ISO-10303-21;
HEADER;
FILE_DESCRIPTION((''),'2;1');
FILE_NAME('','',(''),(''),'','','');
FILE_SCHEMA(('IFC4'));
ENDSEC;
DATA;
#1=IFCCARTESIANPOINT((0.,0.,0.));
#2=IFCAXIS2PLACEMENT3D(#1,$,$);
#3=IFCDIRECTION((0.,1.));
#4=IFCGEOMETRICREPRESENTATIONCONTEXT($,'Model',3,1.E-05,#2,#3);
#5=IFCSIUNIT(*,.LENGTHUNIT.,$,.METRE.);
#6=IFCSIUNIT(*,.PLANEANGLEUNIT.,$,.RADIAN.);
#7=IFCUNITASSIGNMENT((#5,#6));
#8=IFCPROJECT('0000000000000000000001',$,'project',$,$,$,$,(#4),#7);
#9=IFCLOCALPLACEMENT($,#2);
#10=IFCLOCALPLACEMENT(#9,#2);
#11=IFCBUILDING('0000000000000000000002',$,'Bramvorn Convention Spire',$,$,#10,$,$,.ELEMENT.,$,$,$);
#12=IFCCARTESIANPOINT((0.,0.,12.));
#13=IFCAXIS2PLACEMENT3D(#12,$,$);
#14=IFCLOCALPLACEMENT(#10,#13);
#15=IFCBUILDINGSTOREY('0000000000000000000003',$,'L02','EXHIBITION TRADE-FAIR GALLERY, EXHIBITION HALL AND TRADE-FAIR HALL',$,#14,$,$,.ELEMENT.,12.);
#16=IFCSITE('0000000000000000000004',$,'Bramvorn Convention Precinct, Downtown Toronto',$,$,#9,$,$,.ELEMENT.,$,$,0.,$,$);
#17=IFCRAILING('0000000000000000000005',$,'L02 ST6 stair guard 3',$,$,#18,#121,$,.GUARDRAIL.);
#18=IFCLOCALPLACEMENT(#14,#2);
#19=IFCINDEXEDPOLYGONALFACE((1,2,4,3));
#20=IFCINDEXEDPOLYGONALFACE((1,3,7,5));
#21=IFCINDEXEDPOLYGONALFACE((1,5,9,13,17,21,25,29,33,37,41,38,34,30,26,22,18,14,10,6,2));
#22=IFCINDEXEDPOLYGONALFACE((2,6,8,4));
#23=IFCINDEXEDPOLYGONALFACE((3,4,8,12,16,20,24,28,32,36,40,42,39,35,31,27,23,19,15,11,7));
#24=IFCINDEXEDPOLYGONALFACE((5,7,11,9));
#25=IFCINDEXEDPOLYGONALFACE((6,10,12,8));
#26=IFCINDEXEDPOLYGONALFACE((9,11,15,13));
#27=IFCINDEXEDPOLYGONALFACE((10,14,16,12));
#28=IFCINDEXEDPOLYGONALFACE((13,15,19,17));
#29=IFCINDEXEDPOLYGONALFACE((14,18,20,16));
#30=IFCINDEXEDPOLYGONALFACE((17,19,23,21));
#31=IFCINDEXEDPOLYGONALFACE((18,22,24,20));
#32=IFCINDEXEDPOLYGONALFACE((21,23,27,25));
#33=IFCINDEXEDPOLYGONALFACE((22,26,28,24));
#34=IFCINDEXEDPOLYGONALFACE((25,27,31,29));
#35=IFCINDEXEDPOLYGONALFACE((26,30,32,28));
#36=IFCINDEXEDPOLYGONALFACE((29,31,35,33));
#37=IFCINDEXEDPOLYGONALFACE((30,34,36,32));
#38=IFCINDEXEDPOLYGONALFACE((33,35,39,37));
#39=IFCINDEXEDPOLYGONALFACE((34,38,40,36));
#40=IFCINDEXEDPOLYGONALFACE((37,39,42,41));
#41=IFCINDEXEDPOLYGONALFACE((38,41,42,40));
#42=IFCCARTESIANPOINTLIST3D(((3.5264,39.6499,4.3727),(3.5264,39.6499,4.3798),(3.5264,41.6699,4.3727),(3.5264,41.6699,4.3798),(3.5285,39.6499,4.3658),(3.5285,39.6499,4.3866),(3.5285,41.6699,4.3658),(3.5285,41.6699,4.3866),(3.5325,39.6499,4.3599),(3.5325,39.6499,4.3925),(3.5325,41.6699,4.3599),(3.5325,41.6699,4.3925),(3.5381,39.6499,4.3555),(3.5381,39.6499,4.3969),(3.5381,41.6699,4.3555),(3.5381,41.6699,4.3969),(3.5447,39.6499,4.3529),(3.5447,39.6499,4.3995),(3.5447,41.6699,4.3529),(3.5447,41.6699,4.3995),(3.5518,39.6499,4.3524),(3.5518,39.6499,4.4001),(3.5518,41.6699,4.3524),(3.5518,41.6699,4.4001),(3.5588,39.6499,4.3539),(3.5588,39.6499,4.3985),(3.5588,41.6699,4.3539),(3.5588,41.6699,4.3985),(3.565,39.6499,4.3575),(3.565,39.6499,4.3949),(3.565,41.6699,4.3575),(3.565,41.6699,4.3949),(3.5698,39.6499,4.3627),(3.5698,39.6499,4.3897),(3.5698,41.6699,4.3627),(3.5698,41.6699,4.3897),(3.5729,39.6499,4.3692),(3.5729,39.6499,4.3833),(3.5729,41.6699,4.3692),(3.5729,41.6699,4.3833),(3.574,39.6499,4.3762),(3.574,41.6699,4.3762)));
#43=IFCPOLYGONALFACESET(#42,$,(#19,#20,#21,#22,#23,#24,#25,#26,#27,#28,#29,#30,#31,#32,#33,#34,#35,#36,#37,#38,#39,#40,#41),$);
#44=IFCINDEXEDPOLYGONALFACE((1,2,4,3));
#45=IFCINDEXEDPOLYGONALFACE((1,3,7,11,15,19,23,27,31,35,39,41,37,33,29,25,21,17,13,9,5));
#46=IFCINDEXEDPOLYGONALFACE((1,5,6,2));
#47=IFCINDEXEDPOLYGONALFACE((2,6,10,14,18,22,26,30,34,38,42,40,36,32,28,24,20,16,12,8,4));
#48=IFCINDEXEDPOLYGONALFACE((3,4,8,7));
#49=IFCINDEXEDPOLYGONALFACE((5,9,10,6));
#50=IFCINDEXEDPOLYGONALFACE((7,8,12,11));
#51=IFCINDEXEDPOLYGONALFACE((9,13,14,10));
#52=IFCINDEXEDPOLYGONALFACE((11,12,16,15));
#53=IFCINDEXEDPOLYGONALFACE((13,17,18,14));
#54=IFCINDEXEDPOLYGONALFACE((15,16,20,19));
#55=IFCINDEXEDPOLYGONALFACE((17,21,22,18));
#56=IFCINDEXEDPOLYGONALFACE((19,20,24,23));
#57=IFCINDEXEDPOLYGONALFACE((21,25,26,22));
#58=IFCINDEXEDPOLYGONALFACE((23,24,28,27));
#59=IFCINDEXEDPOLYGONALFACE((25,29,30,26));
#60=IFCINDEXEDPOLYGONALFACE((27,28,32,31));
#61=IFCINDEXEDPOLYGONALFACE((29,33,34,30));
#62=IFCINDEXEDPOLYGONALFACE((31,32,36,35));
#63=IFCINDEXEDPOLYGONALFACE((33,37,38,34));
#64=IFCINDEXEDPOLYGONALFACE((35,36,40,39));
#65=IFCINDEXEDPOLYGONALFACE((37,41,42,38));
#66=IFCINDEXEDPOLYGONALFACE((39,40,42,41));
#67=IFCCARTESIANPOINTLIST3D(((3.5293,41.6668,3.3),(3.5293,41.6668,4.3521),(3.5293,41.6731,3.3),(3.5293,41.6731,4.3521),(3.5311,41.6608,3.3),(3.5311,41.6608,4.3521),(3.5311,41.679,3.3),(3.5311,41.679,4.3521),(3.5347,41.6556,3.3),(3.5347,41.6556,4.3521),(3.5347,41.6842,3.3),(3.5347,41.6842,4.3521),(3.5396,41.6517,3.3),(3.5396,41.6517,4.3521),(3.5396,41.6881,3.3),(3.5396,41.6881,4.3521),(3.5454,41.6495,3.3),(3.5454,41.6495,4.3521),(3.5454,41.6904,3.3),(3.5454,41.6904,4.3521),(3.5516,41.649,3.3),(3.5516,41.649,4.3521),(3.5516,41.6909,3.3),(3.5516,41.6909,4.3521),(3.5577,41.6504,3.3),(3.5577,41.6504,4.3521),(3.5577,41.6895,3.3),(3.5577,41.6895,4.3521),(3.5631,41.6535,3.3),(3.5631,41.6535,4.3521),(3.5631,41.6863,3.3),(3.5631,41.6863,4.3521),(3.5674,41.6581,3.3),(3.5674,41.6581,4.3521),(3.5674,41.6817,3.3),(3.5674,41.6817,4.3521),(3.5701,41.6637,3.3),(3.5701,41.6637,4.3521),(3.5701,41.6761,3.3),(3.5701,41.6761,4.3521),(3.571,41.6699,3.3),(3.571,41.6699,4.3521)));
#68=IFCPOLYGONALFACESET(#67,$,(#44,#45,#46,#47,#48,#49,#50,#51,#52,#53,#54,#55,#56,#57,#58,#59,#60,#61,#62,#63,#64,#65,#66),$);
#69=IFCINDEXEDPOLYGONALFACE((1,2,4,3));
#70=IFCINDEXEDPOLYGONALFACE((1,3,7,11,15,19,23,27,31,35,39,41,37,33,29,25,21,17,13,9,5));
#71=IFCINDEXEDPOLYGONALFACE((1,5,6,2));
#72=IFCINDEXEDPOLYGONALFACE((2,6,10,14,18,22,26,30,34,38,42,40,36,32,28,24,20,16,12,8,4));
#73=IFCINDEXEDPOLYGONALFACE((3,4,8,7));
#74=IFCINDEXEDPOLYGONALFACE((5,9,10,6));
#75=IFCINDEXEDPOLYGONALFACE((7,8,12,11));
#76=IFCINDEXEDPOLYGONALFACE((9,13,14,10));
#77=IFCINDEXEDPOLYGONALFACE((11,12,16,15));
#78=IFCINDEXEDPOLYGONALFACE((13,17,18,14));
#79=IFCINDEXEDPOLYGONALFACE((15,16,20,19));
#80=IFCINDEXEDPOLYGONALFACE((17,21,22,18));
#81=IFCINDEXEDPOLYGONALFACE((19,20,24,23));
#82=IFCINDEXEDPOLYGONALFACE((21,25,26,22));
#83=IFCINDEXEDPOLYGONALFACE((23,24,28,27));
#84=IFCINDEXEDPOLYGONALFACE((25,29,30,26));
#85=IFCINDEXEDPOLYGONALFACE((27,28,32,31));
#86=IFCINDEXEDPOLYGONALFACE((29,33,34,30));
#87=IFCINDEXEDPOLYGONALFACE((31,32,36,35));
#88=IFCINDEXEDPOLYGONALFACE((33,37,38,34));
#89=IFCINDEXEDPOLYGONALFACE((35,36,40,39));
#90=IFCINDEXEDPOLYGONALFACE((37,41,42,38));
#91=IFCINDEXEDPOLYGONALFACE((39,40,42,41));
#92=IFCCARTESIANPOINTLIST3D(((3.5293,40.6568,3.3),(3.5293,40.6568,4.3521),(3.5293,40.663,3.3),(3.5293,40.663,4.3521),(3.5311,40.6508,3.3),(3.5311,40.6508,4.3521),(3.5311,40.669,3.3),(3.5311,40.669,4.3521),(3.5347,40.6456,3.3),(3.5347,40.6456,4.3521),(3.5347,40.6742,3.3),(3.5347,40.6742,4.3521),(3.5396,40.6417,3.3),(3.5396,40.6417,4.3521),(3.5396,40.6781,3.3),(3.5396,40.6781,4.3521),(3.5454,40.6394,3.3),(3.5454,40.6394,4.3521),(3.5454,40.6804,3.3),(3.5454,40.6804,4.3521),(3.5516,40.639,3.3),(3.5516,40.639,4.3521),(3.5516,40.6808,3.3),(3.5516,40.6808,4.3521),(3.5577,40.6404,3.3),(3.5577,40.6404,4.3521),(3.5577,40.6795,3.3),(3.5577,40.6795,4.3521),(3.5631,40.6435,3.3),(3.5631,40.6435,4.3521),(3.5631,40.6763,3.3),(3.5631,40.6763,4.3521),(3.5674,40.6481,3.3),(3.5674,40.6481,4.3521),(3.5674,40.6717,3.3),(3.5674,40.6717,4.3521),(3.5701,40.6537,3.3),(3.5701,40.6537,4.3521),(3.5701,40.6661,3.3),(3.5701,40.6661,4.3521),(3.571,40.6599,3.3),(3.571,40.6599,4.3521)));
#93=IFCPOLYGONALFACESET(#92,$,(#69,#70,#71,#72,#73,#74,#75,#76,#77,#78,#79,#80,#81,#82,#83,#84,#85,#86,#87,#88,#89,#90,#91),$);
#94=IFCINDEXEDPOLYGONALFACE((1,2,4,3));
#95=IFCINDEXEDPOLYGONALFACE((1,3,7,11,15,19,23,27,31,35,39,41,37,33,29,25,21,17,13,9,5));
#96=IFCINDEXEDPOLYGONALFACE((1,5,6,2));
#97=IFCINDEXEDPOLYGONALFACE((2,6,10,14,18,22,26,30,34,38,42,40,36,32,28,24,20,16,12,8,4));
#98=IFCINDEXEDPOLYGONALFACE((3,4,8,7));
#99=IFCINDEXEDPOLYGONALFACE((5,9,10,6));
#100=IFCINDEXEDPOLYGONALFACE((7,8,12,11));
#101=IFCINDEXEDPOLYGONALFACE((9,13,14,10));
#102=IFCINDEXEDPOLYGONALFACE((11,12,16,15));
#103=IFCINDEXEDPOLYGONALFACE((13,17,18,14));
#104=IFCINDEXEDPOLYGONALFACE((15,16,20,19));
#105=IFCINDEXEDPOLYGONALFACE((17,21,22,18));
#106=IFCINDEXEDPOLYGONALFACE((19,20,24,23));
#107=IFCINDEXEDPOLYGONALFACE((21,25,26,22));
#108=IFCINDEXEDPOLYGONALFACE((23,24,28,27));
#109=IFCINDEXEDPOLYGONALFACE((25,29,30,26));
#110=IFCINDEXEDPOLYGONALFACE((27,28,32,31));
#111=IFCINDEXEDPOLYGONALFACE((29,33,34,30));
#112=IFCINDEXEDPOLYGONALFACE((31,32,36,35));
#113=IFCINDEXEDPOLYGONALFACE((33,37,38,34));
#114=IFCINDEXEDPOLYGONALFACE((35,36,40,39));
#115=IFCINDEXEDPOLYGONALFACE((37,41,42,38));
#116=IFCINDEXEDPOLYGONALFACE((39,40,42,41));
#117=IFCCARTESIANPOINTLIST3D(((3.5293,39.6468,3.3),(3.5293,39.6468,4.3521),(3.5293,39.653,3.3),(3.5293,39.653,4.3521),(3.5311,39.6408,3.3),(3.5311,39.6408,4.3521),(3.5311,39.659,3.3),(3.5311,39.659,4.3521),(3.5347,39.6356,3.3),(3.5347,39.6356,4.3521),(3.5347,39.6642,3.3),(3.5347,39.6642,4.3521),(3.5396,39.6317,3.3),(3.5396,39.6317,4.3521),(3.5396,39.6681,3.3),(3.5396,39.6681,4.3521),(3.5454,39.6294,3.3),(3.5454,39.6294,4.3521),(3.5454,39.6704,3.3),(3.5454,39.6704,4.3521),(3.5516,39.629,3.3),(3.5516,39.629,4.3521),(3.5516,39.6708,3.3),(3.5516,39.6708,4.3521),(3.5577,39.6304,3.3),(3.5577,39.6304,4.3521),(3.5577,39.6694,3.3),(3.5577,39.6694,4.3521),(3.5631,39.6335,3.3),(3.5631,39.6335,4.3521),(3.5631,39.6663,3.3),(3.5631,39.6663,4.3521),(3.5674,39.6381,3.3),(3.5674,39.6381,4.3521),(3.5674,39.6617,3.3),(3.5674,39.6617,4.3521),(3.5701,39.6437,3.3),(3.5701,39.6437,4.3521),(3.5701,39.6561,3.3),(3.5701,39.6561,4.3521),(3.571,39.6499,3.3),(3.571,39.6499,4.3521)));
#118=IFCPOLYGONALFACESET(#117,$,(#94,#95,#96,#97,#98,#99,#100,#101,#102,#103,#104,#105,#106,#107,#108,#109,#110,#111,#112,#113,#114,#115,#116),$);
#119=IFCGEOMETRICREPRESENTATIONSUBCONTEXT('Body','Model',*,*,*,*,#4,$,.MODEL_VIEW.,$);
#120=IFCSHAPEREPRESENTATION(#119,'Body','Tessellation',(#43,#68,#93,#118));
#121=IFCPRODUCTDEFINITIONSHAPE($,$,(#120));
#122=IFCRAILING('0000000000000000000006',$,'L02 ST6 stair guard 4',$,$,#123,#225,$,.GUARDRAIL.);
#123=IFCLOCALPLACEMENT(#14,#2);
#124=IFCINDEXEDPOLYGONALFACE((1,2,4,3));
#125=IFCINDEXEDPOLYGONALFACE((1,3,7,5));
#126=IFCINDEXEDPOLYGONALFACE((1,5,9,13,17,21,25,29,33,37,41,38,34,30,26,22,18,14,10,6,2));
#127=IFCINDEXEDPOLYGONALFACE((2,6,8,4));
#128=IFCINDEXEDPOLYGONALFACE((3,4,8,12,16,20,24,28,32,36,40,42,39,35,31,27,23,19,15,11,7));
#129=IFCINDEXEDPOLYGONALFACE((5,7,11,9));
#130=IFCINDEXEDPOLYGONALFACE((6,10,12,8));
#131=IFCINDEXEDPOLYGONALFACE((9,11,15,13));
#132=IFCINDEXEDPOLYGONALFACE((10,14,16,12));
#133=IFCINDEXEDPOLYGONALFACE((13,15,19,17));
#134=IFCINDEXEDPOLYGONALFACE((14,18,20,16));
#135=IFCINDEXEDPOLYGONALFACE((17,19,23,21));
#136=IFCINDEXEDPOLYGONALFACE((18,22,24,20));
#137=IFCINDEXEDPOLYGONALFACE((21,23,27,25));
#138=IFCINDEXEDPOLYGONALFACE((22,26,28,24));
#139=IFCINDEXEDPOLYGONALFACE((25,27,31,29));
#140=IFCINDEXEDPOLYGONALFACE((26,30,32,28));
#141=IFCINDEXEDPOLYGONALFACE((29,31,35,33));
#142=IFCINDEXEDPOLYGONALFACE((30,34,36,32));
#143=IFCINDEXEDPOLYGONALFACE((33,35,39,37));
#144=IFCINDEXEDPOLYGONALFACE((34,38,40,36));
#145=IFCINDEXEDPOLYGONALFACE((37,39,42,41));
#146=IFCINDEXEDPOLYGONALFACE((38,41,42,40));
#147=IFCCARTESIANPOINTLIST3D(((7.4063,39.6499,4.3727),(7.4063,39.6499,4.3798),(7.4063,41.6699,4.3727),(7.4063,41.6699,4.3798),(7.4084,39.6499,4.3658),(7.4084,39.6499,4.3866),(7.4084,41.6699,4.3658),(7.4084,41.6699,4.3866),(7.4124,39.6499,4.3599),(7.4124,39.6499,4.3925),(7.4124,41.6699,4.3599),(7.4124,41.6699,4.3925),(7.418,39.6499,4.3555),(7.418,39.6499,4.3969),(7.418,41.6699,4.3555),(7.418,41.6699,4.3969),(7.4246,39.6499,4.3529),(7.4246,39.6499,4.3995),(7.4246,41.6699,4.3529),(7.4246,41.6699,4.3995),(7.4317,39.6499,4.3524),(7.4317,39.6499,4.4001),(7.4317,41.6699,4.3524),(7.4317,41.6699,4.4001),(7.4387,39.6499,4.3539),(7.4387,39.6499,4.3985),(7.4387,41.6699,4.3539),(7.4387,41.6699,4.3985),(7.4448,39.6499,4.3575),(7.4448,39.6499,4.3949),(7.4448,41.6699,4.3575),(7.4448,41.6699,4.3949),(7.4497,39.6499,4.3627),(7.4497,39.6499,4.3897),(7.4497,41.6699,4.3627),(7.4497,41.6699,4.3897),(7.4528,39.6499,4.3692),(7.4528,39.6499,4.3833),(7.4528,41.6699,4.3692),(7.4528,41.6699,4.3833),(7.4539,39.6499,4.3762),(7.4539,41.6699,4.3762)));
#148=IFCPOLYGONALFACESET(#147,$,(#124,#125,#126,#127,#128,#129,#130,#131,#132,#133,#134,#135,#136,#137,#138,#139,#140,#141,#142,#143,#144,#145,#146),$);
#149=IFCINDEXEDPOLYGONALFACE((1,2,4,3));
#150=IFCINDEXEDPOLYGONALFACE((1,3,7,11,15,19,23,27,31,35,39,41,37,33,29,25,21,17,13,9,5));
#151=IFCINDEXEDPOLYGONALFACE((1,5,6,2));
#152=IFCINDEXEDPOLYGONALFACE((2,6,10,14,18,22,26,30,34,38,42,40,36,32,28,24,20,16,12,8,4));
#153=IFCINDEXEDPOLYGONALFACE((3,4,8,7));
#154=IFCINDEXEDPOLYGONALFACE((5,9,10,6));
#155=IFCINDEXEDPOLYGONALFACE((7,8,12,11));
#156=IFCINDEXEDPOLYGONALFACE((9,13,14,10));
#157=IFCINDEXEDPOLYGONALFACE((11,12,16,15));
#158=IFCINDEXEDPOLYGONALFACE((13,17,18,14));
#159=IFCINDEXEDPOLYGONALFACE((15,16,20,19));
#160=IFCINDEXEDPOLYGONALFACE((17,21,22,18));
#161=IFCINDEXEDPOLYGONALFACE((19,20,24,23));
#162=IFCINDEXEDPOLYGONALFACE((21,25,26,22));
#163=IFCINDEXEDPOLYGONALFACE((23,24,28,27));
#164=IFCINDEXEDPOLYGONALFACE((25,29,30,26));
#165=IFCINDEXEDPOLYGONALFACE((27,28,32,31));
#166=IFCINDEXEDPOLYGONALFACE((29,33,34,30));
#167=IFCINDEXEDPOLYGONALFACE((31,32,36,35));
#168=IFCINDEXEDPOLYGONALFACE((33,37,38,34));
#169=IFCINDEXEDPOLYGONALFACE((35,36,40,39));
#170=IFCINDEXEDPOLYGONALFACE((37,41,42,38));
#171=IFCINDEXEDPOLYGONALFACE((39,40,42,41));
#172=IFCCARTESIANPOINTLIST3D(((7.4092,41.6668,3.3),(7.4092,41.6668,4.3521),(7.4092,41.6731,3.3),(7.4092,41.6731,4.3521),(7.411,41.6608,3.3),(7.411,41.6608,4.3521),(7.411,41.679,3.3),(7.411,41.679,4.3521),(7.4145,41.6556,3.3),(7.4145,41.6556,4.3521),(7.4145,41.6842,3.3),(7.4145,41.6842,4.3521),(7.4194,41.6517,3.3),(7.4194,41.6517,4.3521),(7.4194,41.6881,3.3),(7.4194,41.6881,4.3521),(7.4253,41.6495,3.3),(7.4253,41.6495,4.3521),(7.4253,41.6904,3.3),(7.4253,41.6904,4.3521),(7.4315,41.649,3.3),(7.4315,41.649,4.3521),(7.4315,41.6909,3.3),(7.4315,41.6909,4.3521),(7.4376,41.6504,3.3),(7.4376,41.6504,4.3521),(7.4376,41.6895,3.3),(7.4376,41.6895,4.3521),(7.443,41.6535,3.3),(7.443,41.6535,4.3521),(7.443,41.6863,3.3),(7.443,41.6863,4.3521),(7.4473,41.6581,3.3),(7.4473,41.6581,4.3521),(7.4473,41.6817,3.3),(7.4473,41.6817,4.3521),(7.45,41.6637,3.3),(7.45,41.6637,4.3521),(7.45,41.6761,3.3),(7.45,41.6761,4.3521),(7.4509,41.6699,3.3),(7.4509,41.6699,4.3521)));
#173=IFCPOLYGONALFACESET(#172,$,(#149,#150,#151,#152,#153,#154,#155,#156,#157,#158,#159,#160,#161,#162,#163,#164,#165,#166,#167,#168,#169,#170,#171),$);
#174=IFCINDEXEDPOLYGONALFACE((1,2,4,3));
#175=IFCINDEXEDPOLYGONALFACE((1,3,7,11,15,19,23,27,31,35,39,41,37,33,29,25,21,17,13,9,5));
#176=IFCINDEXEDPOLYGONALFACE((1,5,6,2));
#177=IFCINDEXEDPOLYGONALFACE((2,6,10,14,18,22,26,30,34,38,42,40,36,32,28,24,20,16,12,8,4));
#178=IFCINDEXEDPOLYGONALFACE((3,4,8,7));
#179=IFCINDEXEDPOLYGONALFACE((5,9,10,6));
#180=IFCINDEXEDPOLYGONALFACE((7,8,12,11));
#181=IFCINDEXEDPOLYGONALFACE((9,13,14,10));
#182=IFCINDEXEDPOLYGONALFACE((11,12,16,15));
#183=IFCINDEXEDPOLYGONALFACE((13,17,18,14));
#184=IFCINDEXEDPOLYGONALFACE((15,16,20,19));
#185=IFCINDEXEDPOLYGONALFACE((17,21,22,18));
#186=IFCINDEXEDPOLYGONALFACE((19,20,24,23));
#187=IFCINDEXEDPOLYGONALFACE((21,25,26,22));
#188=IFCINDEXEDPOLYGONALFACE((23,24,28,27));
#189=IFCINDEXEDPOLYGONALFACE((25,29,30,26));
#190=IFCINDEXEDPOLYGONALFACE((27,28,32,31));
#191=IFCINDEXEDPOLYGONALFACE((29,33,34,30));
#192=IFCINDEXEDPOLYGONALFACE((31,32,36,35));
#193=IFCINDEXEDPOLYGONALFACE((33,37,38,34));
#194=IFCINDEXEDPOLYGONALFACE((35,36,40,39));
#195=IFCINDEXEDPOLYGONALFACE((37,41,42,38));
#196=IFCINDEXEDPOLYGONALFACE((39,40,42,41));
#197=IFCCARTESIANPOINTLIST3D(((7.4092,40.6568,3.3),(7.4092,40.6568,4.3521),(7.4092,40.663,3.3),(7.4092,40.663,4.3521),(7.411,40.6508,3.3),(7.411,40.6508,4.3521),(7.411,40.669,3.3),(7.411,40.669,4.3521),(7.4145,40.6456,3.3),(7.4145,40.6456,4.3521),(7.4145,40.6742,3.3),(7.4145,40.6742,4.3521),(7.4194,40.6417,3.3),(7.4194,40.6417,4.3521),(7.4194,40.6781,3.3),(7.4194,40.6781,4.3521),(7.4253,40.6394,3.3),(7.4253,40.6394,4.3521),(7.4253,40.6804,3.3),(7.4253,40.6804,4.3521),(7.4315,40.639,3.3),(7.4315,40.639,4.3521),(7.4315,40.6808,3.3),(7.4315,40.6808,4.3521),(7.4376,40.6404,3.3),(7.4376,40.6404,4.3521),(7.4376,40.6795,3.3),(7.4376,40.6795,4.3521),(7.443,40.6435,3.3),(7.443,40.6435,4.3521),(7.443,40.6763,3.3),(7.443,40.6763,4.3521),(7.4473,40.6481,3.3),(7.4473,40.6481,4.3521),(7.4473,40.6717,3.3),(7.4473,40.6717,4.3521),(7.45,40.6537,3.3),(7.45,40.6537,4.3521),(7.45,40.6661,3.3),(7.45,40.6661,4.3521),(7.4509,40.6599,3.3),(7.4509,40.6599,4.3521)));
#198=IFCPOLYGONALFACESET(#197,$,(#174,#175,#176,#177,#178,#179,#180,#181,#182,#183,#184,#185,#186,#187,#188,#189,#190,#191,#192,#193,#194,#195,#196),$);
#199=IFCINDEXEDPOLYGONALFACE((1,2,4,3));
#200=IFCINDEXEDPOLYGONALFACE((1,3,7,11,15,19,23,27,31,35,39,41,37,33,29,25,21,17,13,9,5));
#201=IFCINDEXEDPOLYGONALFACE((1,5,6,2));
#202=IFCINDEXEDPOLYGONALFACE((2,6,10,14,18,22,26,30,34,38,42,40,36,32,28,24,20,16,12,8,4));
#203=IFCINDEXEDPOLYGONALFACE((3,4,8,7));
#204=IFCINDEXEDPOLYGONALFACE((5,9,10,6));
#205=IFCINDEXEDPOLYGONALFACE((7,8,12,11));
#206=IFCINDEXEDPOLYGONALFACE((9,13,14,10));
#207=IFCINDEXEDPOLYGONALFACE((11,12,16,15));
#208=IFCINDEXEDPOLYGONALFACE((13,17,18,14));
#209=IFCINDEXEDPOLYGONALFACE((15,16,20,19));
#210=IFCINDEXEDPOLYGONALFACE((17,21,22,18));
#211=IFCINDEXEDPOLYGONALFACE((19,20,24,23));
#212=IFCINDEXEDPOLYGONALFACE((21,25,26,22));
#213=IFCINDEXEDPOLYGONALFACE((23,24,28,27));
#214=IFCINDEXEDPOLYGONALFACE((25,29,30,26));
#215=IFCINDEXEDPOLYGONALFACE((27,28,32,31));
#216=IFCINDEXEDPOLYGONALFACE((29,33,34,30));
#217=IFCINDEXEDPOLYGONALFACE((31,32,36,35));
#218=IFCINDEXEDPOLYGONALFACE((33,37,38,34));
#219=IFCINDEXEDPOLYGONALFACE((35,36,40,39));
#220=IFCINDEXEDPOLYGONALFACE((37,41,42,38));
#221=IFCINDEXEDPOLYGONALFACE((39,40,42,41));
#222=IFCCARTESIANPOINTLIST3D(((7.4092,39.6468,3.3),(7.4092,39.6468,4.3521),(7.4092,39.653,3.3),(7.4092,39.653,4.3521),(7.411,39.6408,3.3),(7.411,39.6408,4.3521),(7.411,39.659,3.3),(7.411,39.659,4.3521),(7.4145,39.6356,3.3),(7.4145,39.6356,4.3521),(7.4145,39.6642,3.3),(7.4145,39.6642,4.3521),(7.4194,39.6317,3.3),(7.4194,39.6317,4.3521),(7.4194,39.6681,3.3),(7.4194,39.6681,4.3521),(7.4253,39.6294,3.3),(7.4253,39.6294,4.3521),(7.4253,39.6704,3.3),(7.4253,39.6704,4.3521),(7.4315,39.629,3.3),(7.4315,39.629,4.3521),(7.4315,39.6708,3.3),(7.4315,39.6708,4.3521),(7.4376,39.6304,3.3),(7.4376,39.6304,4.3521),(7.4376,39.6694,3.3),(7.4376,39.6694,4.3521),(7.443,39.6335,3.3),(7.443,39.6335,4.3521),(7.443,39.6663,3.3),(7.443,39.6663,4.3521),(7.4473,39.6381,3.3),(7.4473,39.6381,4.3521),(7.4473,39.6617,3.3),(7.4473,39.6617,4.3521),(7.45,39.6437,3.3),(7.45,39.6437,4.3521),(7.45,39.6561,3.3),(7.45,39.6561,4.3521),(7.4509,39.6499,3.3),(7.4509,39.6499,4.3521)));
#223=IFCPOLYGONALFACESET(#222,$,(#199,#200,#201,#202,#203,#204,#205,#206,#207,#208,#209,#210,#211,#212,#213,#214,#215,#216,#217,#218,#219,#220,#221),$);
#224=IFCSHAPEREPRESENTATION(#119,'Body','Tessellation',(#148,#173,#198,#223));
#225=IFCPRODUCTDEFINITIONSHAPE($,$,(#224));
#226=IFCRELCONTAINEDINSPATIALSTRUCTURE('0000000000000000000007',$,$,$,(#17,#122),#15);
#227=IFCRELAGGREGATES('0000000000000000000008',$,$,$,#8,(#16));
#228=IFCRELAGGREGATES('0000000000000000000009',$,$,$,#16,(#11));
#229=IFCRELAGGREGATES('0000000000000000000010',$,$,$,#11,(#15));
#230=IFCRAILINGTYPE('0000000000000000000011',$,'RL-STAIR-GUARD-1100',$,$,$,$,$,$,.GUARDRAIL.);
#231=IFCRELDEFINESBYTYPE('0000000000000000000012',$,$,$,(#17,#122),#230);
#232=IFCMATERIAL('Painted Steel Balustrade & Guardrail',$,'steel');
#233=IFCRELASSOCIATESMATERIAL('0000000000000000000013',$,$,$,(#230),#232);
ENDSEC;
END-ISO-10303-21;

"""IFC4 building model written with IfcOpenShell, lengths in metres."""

from ifc_helpers import new_model, si_unit, direction, frame, origin, origin_2d, place, context, subcontext, project, spatial, circle, extrude, material, type_object, element, save


model = new_model("IFC4")

# Units and contexts
model_context = context("Model", 3, precision=1e-05, world=origin(), true_north=direction((0.0, 1.0)))
body_context = subcontext(model_context, "Body", "Model", "MODEL_VIEW")
ifc_project = project(units=[si_unit("LENGTHUNIT", "METRE"), si_unit("PLANEANGLEUNIT", "RADIAN")], contexts=[model_context])

# Site, building, storey
site_placement = place(None, origin())
site = spatial("IfcSite", under=ifc_project, at=site_placement, Name="Bramvorn Convention Precinct, Downtown Toronto", CompositionType="ELEMENT", RefElevation=0.0)
building_placement = place(site_placement, origin())
building = spatial("IfcBuilding", under=site, at=building_placement, Name="Bramvorn Convention Spire", CompositionType="ELEMENT")
storey_placement = place(building_placement, frame((0.0, 0.0, 12.0)))
storey = spatial("IfcBuildingStorey", under=building, at=storey_placement, Name="L02", Description="EXHIBITION TRADE-FAIR GALLERY, EXHIBITION HALL AND TRADE-FAIR HALL", CompositionType="ELEMENT", Elevation=12.0)

# Railings
ifc_material_1 = material(Name="Painted Steel Balustrade & Guardrail", Category="steel")
railing_type = type_object("IfcRailingType", Name="RL-STAIR-GUARD-1100", PredefinedType="GUARDRAIL", material=ifc_material_1)
for number, where, name in (
    (1, (3.55, 41.6699, 3.3), "L02 ST6 stair guard 3"),
    (2, (7.4299, 41.6699, 3.3), "L02 ST6 stair guard 4"),
):
    element("IfcRailing", number, at=place(storey_placement, frame(where)), inside=storey, type_object=railing_type, Name=name, PredefinedType="GUARDRAIL", context=body_context, shape_type="SweptSolid", body=[
        extrude(circle(Radius=0.0239, at=origin_2d()), frame((0.0, 0.0, 1.0762), z_axis=(0.0, -1.0, 0.0), x_axis=(1.0, 0.0, 0.0)), (0.0, 0.0, 1.0), 2.02),
        extrude(circle(Radius=0.021, at=origin_2d()), origin(), (0.0, 0.0, 1.0), 1.052),
        extrude(circle(Radius=0.021, at=origin_2d()), frame((0.0, -1.01, 0.0)), (0.0, 0.0, 1.0), 1.052),
        extrude(circle(Radius=0.021, at=origin_2d()), frame((0.0, -2.02, 0.0)), (0.0, 0.0, 1.0), 1.052),
    ])

save(model, "model.ifc")
